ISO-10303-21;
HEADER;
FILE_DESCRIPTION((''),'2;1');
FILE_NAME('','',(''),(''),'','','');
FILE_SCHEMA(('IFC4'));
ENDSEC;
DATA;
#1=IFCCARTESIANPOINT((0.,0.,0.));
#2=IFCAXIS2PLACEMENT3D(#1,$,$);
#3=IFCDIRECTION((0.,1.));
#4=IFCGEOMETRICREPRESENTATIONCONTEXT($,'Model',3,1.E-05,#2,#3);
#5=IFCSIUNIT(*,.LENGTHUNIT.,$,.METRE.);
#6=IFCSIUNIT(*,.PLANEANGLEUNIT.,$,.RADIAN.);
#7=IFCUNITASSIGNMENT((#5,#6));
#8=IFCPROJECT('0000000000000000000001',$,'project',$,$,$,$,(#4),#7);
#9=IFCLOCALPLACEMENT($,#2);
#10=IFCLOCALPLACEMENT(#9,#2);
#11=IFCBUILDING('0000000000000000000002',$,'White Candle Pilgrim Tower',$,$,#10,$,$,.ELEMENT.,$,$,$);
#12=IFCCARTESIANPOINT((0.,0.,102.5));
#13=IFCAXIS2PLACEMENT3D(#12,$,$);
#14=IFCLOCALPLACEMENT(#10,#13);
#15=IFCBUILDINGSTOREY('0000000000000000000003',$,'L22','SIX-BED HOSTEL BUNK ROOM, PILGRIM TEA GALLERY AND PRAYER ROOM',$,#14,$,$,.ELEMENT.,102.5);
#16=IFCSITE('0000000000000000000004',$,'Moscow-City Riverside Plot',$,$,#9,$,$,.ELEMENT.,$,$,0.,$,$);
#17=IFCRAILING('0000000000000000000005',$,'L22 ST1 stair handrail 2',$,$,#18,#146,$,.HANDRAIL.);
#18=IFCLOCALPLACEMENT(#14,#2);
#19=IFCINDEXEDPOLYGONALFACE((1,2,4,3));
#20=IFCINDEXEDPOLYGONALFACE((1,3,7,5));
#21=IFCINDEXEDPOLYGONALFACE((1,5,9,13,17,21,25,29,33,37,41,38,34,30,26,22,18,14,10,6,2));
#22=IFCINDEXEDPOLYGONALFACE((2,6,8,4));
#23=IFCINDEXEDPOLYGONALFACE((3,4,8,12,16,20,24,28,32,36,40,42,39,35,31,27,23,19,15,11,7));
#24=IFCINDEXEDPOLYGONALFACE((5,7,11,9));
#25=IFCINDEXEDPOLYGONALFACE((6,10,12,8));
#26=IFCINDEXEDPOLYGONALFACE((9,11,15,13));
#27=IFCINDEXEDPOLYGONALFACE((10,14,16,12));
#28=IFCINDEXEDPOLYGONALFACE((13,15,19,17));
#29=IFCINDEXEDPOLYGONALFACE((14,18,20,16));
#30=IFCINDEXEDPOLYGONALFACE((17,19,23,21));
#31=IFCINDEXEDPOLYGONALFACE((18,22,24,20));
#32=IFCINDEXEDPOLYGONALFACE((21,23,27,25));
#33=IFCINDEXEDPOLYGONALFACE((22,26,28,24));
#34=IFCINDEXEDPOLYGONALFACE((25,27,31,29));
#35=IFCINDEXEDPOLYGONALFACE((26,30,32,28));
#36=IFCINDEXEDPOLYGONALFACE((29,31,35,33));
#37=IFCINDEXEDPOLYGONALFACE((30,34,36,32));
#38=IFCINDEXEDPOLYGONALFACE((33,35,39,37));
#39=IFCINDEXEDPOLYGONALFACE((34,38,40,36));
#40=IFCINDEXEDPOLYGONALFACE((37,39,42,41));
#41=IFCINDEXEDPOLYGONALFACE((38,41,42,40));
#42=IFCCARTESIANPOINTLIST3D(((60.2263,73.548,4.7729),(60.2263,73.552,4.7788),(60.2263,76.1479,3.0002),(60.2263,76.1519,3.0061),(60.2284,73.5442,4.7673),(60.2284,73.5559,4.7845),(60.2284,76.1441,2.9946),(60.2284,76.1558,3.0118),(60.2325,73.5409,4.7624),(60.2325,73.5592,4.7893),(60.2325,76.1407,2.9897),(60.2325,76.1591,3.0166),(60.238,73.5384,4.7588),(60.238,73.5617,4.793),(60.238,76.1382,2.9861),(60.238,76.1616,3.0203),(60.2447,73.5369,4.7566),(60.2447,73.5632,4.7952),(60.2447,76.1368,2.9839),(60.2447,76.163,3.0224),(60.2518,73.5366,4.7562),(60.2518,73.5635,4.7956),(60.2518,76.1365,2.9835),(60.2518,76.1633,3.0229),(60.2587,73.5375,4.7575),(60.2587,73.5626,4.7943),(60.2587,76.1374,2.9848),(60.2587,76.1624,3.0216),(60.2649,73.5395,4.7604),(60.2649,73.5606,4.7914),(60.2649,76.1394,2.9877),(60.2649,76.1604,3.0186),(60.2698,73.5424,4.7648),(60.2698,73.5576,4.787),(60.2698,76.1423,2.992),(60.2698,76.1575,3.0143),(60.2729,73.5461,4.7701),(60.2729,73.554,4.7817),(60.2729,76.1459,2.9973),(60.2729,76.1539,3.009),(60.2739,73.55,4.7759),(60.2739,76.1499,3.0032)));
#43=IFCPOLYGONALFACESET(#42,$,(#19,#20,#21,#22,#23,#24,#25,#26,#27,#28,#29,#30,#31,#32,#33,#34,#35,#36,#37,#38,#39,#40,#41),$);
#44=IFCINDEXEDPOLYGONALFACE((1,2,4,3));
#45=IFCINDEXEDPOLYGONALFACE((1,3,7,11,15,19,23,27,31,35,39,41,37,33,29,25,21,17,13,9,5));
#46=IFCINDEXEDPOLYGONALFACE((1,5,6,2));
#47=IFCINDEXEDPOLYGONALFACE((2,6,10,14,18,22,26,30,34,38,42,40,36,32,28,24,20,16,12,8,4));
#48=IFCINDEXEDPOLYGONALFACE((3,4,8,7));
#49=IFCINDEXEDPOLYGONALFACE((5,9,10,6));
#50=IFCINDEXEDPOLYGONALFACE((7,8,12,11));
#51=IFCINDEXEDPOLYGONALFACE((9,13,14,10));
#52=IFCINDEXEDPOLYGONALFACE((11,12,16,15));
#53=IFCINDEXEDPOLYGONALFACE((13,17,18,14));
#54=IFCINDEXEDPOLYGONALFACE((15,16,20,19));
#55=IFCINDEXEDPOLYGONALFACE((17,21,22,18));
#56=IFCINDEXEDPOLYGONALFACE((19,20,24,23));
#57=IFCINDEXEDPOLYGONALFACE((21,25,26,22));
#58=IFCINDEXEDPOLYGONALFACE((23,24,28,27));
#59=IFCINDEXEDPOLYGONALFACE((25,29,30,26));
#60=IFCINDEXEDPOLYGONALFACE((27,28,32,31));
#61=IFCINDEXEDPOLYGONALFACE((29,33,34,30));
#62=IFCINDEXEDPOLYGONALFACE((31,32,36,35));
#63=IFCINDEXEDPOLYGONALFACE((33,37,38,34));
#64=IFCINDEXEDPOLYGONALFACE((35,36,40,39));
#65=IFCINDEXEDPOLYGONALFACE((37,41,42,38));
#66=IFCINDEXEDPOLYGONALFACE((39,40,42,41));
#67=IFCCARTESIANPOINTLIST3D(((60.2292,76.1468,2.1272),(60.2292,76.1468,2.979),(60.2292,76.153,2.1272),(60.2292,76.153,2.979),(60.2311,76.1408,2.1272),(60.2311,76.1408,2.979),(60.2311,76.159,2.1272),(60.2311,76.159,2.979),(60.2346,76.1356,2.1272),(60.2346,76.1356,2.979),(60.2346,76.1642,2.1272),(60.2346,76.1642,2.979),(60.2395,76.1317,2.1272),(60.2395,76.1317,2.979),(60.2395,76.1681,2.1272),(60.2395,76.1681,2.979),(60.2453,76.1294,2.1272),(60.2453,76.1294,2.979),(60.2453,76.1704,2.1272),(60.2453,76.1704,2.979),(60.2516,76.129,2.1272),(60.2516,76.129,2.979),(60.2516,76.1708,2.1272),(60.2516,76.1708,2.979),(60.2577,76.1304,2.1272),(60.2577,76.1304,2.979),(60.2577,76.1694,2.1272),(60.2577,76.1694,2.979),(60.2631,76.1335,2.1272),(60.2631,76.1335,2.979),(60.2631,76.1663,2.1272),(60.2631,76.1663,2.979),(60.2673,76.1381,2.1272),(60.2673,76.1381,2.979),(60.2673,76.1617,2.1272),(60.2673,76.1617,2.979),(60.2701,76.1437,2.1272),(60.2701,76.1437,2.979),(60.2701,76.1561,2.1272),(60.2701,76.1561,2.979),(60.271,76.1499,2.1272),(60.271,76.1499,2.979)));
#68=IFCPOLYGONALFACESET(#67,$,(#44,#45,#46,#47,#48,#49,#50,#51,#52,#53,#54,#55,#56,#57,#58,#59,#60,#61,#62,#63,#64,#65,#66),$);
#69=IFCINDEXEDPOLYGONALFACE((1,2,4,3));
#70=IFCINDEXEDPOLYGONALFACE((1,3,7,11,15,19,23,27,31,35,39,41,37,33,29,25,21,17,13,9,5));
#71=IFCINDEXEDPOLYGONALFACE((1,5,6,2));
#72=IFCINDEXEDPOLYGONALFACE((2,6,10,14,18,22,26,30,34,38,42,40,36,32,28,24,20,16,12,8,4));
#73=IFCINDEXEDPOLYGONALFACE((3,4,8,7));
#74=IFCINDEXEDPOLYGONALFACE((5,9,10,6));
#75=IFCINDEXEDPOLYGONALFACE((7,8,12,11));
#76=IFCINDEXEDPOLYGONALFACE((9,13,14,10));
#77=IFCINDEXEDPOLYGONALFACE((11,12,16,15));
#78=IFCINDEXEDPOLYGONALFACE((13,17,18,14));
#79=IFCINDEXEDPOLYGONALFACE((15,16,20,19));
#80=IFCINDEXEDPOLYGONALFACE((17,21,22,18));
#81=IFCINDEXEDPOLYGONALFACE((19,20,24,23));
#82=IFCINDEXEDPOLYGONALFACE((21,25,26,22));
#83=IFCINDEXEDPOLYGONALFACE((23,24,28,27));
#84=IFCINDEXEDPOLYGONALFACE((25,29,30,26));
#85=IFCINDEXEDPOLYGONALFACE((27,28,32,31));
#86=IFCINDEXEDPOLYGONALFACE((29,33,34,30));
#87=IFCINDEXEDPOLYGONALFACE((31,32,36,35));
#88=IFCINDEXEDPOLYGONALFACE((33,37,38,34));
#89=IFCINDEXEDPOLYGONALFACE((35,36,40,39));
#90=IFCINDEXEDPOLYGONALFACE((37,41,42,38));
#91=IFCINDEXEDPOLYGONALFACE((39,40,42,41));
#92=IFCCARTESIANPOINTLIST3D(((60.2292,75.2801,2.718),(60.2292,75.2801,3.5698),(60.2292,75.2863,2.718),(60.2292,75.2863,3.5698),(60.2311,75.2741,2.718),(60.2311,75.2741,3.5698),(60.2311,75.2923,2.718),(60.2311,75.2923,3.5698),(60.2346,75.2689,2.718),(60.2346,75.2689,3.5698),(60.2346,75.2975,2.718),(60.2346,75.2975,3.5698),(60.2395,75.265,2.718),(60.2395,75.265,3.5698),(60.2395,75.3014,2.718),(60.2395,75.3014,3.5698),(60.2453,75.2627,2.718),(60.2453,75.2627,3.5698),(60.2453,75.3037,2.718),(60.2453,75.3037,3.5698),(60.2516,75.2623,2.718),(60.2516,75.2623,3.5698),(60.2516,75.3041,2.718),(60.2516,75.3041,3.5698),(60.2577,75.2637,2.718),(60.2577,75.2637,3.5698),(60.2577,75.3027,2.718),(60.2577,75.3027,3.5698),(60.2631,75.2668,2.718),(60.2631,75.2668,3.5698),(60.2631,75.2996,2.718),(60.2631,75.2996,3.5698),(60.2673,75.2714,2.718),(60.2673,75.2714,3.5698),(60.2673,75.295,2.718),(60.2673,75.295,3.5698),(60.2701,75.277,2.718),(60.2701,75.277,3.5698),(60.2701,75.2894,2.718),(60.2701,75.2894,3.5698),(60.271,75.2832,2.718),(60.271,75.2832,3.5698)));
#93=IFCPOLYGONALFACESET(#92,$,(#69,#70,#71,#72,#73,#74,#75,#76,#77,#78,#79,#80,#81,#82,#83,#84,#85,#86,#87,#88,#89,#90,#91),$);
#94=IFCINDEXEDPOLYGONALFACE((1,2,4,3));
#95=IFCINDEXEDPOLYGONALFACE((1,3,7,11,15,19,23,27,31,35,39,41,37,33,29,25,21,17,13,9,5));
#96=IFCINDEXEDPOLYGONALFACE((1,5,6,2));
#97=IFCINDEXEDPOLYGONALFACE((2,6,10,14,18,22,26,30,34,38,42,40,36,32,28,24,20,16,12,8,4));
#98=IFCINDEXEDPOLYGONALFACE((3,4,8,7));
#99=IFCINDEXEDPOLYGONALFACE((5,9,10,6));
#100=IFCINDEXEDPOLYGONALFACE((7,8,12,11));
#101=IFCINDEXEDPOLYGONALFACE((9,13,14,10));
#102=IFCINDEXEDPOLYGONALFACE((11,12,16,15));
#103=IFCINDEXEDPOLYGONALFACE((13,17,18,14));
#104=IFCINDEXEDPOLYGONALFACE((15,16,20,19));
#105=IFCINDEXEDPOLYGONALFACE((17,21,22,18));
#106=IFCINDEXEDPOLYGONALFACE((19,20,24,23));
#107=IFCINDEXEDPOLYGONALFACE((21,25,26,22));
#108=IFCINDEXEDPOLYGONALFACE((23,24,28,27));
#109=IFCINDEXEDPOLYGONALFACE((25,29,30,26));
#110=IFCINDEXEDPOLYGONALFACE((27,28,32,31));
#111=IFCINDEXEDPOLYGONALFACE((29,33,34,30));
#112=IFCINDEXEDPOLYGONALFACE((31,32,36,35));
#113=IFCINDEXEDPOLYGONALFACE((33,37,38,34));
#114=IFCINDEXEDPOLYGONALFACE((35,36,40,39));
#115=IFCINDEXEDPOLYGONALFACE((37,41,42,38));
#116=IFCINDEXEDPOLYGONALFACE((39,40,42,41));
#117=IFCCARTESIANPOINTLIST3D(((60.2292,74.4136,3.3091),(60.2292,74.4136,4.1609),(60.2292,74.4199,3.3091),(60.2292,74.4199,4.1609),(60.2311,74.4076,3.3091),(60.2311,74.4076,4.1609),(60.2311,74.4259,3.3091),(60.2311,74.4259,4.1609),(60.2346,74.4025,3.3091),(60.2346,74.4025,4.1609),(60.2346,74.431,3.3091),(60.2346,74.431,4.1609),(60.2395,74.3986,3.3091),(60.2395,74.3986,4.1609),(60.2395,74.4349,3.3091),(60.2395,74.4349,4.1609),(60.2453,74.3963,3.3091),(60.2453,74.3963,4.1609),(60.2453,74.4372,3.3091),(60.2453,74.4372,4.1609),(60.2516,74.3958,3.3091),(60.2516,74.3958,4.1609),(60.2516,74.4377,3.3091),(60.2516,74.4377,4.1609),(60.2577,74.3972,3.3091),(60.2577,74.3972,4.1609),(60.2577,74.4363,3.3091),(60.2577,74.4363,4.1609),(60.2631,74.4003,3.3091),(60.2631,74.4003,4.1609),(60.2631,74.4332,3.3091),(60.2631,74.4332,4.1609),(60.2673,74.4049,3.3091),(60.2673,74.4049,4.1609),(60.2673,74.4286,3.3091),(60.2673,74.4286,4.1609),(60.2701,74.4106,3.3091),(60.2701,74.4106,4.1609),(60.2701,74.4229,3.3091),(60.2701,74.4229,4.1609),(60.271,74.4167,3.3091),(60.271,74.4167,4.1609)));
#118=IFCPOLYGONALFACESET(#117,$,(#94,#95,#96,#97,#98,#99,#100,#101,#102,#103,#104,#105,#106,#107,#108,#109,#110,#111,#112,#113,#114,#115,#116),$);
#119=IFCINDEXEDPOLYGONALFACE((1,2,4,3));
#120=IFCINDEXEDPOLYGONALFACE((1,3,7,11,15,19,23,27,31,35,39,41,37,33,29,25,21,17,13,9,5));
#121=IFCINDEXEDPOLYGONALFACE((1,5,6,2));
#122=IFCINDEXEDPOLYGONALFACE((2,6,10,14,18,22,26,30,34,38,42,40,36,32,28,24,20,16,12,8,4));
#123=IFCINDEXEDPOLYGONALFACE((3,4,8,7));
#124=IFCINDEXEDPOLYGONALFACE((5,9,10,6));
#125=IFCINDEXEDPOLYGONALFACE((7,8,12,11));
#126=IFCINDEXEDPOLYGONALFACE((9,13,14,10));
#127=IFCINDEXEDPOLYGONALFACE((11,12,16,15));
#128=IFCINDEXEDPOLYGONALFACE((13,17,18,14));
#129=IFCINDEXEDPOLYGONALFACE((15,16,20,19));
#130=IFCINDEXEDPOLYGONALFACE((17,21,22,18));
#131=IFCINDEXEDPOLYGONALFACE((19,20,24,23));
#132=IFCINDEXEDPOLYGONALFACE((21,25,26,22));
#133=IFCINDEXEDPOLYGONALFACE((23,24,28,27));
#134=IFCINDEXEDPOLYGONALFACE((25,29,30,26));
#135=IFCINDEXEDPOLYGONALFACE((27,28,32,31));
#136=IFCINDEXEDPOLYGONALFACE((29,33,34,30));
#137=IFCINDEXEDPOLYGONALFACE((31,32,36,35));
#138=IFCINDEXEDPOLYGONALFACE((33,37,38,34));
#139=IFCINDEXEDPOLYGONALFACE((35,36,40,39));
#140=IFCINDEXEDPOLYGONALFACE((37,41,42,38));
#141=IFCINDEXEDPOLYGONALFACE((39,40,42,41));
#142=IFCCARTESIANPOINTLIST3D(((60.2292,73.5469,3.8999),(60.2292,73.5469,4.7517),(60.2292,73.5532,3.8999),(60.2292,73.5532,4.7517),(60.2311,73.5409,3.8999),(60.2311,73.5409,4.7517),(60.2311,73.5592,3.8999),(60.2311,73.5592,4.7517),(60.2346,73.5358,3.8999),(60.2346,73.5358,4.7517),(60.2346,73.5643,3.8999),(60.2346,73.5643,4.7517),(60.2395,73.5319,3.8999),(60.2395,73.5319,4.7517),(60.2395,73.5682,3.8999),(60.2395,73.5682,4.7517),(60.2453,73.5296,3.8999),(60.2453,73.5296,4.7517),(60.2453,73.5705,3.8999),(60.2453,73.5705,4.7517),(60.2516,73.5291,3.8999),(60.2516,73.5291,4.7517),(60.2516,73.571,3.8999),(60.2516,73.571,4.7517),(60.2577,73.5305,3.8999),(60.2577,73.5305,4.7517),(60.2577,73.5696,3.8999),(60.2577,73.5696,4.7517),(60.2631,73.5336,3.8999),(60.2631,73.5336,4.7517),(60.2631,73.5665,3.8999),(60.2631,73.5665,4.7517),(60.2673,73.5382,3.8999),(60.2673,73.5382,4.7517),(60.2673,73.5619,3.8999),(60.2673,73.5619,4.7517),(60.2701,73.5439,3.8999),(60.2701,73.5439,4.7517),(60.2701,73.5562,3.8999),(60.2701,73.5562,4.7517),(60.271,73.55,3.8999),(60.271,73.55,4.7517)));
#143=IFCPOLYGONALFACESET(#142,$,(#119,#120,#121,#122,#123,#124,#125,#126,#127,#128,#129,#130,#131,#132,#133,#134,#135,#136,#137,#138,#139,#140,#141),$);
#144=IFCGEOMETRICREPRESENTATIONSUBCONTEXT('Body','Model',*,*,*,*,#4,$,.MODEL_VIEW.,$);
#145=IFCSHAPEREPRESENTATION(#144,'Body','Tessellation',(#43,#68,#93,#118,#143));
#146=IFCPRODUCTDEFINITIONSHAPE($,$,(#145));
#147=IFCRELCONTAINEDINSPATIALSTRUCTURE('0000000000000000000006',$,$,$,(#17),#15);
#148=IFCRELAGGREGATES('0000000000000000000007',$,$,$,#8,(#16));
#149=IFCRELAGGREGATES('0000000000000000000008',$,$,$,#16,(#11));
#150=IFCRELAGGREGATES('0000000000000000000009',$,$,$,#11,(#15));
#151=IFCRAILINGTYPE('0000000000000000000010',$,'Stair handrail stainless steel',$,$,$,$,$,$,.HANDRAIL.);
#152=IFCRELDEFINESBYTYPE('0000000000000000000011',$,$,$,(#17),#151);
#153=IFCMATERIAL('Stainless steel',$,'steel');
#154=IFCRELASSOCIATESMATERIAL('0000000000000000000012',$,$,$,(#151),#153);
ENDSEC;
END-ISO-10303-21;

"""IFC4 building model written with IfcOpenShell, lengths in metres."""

from ifc_helpers import new_model, si_unit, direction, frame, origin, origin_2d, place, context, subcontext, project, spatial, circle, extrude, material, type_object, element, save


model = new_model("IFC4")

# Units and contexts
model_context = context("Model", 3, precision=1e-05, world=origin(), true_north=direction((0.0, 1.0)))
body_context = subcontext(model_context, "Body", "Model", "MODEL_VIEW")
ifc_project = project(units=[si_unit("LENGTHUNIT", "METRE"), si_unit("PLANEANGLEUNIT", "RADIAN")], contexts=[model_context])

# Site, building, storey
site_placement = place(None, origin())
site = spatial("IfcSite", under=ifc_project, at=site_placement, Name="Moscow-City Riverside Plot", CompositionType="ELEMENT", RefElevation=0.0)
building_placement = place(site_placement, origin())
building = spatial("IfcBuilding", under=site, at=building_placement, Name="White Candle Pilgrim Tower", CompositionType="ELEMENT")
storey_placement = place(building_placement, frame((0.0, 0.0, 102.5)))
storey = spatial("IfcBuildingStorey", under=building, at=storey_placement, Name="L22", Description="SIX-BED HOSTEL BUNK ROOM, PILGRIM TEA GALLERY AND PRAYER ROOM", CompositionType="ELEMENT", Elevation=102.5)

# Shared definitions
ifc_material_1 = material(Name="Stainless steel", Category="steel")

# Railing
railing_type_1 = type_object("IfcRailingType", Name="Stair handrail stainless steel", PredefinedType="HANDRAIL", material=ifc_material_1)
railing_1_placement = place(storey_placement, frame((60.25, 76.1499, 2.1272)))
element("IfcRailing", 1, at=railing_1_placement, inside=storey, type_object=railing_type_1, Name="L22 ST1 stair handrail 2", PredefinedType="HANDRAIL", context=body_context, shape_type="SweptSolid", body=[
    extrude(circle(Radius=0.0239, at=origin_2d()), frame((0.0, 0.0, 0.876), z_axis=(0.0, -0.826216, 0.563354), x_axis=(1.0, 0.0, 0.0)), (0.0, 0.0, 1.0), 3.1467),
    extrude(circle(Radius=0.021, at=origin_2d()), origin(), (0.0, 0.0, 1.0), 0.8518),
    extrude(circle(Radius=0.021, at=origin_2d()), frame((0.0, -0.8667, 0.5908)), (0.0, 0.0, 1.0), 0.8518),
    extrude(circle(Radius=0.021, at=origin_2d()), frame((0.0, -1.7332, 1.1819)), (0.0, 0.0, 1.0), 0.8518),
    extrude(circle(Radius=0.021, at=origin_2d()), frame((0.0, -2.5999, 1.7727)), (0.0, 0.0, 1.0), 0.8518),
])

save(model, "model.ifc")
